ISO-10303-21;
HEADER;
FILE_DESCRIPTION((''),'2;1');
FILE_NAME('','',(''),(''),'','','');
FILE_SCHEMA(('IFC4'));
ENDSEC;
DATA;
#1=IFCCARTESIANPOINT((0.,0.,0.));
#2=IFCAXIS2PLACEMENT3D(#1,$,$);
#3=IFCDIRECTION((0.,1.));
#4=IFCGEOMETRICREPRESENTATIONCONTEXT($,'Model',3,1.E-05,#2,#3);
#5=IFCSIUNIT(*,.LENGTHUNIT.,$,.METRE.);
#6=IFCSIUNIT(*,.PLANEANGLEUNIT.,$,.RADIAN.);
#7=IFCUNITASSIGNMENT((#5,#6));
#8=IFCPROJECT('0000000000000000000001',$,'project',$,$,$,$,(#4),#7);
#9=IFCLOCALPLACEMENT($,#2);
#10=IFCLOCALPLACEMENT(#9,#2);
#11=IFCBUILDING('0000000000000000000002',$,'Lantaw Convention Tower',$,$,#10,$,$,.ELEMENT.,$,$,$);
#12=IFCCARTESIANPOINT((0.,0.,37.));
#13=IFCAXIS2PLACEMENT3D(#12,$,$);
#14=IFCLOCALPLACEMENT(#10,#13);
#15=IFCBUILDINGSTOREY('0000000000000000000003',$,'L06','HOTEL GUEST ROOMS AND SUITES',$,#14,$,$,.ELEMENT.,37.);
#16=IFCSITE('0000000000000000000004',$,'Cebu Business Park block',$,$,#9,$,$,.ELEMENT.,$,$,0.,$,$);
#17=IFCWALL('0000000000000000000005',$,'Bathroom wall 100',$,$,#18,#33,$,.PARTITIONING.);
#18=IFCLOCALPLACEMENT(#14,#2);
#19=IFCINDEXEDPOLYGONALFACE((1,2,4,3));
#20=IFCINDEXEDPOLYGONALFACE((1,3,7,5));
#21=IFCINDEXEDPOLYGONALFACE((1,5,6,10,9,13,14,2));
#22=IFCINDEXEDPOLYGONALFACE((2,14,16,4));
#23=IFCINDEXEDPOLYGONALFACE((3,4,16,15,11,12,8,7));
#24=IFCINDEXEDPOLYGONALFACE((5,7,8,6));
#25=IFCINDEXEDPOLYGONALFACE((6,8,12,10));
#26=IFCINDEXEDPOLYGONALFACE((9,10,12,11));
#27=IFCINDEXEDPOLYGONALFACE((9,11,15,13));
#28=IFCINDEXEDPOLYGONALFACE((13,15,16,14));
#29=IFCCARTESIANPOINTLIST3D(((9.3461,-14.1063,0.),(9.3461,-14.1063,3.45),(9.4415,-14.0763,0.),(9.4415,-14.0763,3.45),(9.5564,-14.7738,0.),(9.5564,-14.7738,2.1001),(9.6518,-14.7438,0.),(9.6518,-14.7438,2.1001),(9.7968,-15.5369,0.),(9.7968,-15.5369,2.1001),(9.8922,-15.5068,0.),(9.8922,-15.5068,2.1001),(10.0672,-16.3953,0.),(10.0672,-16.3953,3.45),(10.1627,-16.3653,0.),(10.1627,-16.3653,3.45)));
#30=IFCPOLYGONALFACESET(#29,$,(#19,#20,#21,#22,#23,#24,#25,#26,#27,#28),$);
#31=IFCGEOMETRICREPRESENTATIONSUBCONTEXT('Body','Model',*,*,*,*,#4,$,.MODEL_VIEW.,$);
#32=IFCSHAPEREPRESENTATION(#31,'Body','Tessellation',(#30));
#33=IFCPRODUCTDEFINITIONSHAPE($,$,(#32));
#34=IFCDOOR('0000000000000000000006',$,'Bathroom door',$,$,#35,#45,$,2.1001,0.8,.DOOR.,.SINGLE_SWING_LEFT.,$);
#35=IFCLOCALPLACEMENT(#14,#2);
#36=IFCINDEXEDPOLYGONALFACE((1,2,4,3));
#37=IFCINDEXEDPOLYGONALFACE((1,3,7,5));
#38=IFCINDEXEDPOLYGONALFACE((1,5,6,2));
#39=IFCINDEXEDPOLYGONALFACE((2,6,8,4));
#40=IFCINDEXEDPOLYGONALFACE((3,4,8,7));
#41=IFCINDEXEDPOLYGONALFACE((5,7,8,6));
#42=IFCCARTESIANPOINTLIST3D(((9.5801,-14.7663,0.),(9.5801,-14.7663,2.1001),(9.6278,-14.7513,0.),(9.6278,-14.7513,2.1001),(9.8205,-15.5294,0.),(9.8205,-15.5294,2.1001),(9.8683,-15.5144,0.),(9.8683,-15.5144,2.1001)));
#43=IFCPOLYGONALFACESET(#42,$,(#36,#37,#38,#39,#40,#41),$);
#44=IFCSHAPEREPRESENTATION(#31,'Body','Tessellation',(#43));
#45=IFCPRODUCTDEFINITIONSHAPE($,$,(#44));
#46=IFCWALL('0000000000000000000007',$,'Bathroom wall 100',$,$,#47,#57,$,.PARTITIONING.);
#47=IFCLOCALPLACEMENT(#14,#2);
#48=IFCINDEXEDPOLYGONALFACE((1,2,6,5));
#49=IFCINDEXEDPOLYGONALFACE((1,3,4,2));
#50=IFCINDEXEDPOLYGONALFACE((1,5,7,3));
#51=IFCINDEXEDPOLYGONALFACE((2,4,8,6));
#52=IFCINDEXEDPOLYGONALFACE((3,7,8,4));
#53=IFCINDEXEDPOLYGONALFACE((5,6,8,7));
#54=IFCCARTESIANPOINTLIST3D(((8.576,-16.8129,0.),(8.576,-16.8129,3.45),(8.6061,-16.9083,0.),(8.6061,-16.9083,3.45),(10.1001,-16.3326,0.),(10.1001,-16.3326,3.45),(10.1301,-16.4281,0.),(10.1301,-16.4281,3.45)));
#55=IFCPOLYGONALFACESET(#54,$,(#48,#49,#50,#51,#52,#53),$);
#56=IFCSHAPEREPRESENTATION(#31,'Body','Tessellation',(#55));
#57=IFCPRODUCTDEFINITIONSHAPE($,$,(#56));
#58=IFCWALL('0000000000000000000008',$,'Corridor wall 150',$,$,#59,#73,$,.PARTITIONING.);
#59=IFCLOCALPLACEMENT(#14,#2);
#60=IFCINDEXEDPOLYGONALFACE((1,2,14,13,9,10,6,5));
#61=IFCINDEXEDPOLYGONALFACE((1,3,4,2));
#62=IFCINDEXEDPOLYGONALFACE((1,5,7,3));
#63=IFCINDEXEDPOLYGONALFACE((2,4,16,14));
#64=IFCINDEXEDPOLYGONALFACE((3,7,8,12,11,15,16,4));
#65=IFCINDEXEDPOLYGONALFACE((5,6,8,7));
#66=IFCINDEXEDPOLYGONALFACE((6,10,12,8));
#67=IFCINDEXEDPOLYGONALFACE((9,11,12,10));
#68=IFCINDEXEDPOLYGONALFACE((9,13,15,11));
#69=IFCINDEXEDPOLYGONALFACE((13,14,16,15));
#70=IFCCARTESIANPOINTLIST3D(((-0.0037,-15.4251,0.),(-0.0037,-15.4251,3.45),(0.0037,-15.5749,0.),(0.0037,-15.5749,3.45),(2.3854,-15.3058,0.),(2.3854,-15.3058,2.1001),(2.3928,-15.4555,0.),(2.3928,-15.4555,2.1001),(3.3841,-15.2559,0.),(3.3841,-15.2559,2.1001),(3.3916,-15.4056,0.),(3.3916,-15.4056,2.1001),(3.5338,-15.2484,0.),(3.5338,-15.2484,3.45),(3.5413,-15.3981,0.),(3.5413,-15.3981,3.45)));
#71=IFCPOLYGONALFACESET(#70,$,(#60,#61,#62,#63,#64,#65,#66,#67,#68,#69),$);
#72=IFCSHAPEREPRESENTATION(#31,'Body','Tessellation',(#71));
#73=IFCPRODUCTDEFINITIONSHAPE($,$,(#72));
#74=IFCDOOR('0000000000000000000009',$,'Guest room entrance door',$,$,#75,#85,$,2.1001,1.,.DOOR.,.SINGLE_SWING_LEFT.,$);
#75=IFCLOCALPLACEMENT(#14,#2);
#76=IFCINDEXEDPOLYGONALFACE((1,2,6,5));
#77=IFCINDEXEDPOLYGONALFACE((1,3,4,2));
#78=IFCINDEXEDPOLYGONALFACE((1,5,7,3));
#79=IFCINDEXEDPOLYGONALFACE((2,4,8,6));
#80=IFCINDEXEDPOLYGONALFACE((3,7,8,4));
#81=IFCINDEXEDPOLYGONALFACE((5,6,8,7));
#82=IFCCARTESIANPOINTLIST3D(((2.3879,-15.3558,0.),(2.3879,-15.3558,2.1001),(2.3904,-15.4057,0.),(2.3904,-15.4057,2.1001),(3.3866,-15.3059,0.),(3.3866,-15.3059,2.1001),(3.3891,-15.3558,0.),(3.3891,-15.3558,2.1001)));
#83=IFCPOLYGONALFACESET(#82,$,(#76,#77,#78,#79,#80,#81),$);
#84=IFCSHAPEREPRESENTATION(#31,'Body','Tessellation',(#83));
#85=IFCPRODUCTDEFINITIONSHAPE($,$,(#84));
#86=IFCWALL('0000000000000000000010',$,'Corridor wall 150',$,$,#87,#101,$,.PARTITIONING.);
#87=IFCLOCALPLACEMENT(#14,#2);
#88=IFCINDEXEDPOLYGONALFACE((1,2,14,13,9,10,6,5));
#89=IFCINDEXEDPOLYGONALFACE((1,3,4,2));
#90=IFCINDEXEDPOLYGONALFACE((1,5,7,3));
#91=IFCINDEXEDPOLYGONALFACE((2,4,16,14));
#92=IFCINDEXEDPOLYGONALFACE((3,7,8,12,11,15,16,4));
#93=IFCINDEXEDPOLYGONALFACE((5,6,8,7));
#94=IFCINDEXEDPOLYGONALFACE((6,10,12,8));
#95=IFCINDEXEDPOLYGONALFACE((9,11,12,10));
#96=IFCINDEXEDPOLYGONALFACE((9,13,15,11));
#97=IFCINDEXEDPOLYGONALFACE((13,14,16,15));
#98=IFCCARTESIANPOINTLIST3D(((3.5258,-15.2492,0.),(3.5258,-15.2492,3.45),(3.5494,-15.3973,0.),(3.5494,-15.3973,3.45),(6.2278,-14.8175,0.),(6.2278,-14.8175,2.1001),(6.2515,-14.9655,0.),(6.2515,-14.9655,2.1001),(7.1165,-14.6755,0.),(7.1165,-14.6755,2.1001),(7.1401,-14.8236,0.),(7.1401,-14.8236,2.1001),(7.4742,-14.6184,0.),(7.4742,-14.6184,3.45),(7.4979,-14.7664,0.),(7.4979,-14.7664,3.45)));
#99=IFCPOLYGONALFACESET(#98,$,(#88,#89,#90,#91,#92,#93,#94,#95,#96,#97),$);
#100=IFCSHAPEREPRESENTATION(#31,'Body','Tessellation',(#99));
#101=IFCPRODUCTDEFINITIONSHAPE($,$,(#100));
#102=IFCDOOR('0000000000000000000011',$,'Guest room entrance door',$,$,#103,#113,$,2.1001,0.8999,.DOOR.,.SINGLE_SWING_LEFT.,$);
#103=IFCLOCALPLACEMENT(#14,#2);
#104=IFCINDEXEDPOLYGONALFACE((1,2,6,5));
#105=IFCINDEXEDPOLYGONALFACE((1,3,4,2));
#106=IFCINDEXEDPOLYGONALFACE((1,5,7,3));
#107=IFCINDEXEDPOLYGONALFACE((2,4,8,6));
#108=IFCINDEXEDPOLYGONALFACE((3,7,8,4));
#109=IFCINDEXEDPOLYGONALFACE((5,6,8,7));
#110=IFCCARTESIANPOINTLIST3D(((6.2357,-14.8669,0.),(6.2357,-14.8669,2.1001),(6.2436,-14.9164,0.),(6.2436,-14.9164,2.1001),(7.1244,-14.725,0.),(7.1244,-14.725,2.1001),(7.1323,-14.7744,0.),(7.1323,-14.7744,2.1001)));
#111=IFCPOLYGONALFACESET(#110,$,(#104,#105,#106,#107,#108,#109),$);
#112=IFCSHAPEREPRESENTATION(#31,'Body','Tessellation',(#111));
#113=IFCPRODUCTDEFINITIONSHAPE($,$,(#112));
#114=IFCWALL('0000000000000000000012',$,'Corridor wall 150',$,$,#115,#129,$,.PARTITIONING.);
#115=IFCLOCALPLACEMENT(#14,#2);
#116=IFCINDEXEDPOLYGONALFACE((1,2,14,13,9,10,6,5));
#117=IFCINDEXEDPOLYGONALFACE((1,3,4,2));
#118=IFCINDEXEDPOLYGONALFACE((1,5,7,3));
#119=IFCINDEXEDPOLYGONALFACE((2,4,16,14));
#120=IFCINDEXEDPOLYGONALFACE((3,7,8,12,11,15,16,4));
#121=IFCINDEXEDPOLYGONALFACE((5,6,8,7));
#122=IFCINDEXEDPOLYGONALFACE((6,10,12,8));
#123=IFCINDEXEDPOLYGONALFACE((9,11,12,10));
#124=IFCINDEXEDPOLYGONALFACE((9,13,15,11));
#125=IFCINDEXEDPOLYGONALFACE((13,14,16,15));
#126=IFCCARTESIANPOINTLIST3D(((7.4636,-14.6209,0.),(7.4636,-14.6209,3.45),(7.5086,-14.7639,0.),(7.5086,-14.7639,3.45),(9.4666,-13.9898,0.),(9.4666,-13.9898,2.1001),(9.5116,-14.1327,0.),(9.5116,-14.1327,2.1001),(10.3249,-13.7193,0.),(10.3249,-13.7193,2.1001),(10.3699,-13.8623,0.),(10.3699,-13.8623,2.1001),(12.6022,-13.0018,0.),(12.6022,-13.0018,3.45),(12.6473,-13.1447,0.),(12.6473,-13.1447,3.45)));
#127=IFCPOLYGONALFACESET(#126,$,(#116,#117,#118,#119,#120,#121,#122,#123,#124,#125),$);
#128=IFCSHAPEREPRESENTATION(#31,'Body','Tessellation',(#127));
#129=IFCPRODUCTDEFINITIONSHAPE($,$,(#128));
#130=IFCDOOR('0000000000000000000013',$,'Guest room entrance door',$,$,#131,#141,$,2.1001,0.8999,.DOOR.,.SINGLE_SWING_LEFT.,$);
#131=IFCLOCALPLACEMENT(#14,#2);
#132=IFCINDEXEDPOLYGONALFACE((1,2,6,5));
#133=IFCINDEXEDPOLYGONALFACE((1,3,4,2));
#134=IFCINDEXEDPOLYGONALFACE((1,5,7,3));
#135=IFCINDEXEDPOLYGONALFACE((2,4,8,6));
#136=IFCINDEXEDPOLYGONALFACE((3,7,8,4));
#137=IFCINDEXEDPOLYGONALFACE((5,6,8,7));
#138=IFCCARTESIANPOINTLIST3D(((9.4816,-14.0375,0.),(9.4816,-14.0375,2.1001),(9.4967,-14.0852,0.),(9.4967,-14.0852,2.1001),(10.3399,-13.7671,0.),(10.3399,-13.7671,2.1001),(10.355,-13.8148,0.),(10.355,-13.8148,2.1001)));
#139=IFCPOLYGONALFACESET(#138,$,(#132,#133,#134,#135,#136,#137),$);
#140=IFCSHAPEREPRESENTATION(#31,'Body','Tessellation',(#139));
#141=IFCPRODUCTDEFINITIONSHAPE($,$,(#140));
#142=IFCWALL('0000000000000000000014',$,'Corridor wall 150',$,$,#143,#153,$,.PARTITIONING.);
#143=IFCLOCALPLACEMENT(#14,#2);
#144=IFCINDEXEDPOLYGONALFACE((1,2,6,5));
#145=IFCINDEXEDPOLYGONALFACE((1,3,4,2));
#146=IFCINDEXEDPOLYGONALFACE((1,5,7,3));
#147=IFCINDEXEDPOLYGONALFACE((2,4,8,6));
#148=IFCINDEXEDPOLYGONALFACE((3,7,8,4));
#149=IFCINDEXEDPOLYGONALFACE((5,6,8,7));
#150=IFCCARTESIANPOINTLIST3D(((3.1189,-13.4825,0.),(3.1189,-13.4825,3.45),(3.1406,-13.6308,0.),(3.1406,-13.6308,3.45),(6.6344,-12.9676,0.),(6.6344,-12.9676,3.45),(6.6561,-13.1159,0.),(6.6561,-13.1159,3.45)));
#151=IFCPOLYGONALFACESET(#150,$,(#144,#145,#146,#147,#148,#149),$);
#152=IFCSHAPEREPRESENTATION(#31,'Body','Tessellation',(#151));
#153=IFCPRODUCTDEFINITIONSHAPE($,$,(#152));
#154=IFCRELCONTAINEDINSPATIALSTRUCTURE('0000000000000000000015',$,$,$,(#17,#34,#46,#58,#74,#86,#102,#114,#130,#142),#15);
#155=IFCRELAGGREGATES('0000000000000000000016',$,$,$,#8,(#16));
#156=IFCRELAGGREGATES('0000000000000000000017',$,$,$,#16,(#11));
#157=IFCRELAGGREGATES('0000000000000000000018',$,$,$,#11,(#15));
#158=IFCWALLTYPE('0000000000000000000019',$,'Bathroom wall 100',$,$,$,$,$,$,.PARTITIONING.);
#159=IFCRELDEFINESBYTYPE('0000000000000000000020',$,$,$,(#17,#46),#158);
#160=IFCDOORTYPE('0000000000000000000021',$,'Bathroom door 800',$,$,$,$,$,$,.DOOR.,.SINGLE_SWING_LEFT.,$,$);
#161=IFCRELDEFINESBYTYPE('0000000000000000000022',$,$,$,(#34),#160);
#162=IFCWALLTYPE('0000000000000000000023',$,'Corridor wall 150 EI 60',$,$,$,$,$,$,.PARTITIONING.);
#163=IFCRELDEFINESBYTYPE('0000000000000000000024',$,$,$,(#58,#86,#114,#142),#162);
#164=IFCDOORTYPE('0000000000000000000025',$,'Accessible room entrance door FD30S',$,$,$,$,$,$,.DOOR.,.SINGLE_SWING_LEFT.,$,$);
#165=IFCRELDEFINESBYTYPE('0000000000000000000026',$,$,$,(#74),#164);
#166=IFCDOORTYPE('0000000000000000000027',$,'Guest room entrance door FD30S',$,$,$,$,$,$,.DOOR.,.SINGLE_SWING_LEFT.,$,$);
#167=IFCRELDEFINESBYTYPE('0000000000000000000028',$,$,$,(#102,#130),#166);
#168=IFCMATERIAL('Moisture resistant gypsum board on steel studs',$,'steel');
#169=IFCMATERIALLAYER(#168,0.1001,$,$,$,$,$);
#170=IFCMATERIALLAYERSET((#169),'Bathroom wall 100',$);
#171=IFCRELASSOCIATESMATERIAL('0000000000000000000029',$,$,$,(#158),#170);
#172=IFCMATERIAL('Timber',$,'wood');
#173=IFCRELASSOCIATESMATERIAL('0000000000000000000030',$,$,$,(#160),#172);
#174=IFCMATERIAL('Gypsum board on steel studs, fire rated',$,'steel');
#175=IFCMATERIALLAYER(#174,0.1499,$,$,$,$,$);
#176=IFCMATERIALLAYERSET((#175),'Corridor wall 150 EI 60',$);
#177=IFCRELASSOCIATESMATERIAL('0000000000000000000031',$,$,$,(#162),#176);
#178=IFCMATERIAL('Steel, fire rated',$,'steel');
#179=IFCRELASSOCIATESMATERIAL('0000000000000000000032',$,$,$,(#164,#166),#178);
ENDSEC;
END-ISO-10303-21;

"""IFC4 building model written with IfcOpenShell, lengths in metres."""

from ifc_helpers import new_model, si_unit, direction, frame, frame_2d, origin, place, context, subcontext, project, spatial, rectangle, extrude, material, layer, layer_set, type_object, element, fill, save


model = new_model("IFC4")

# Units and contexts
model_context = context("Model", 3, precision=1e-05, world=origin(), true_north=direction((0.0, 1.0)))
body_context = subcontext(model_context, "Body", "Model", "MODEL_VIEW")
ifc_project = project(units=[si_unit("LENGTHUNIT", "METRE"), si_unit("PLANEANGLEUNIT", "RADIAN")], contexts=[model_context])

# Site, building, storey
site_placement = place(None, origin())
site = spatial("IfcSite", under=ifc_project, at=site_placement, Name="Cebu Business Park block", CompositionType="ELEMENT", RefElevation=0.0)
building_placement = place(site_placement, origin())
building = spatial("IfcBuilding", under=site, at=building_placement, Name="Lantaw Convention Tower", CompositionType="ELEMENT")
storey_placement = place(building_placement, frame((0.0, 0.0, 37.0)))
storey = spatial("IfcBuildingStorey", under=building, at=storey_placement, Name="L06", Description="HOTEL GUEST ROOMS AND SUITES", CompositionType="ELEMENT", Elevation=37.0)

# Shared definitions
ifc_material_1 = material(Name="Moisture resistant gypsum board on steel studs", Category="steel")
ifc_layer_1 = layer(ifc_material_1, 0.1001)
ifc_layer_set_1 = layer_set([ifc_layer_1], Name="Bathroom wall 100")
wall_type_1 = type_object("IfcWallType", Name="Bathroom wall 100", PredefinedType="PARTITIONING", material=ifc_layer_set_1)
ifc_material_2 = material(Name="Timber", Category="wood")
door_type_1 = type_object("IfcDoorType", Name="Bathroom door 800", OperationType="SINGLE_SWING_LEFT", PredefinedType="DOOR", material=ifc_material_2)

# Wall, opening, door
wall_1_placement = place(storey_placement, frame((9.3938, -14.0913, 0.0), z_axis=(0.0, 0.0, 1.0), x_axis=(0.300498, -0.953782, 0.0)))
wall_1 = element("IfcWall", 1, at=wall_1_placement, inside=storey, type_object=wall_type_1, Name="Bathroom wall 100", PredefinedType="PARTITIONING", context=body_context, shape_type="SweptSolid", body=[
    extrude(rectangle(XDim=2.3999, YDim=0.1001, at=frame_2d((1.2, 0.0))), origin(), (0.0, 0.0, 1.0), 3.45),
])
opening_1_placement = place(wall_1_placement, frame((0.7, 0.0, 0.0)))
opening_1 = element("IfcOpeningElement", 2, at=opening_1_placement, cuts=wall_1, PredefinedType="OPENING", context=body_context, shape_type="SweptSolid", body=[
    extrude(rectangle(XDim=0.8, YDim=2.1001, at=frame_2d((0.3999, 1.05))), frame((0.0, 0.0601, 0.0), z_axis=(0.0, -1.0, 0.0), x_axis=(1.0, 0.0, 0.0)), (0.0, 0.0, 1.0), 0.1201),
])
door_1_placement = place(opening_1_placement, origin())
door_1 = element("IfcDoor", 3, at=door_1_placement, inside=storey, type_object=door_type_1, Name="Bathroom door", OperationType="SINGLE_SWING_LEFT", OverallHeight=2.1001, OverallWidth=0.8, PredefinedType="DOOR", context=body_context, shape_type="SweptSolid", body=[
    extrude(rectangle(XDim=0.8, YDim=2.1001, at=frame_2d((0.3999, 1.05))), frame((0.0, 0.0249, 0.0), z_axis=(0.0, -1.0, 0.0), x_axis=(1.0, 0.0, 0.0)), (0.0, 0.0, 1.0), 0.05),
])
fill(opening_1, door_1)

# Wall
wall_2_placement = place(storey_placement, frame((10.115, -16.3804, 0.0), z_axis=(0.0, 0.0, 1.0), x_axis=(-0.953765, -0.300554, 0.0)))
element("IfcWall", 4, at=wall_2_placement, inside=storey, type_object=wall_type_1, Name="Bathroom wall 100", PredefinedType="PARTITIONING", context=body_context, shape_type="SweptSolid", body=[
    extrude(rectangle(XDim=1.5979, YDim=0.1001, at=frame_2d((0.7988, 0.0))), origin(), (0.0, 0.0, 1.0), 3.45),
])

# Walls, openings, doors
ifc_material_3 = material(Name="Gypsum board on steel studs, fire rated", Category="steel")
ifc_layer_2 = layer(ifc_material_3, 0.1499)
ifc_layer_set_2 = layer_set([ifc_layer_2], Name="Corridor wall 150 EI 60")
wall_type_2 = type_object("IfcWallType", Name="Corridor wall 150 EI 60", PredefinedType="PARTITIONING", material=ifc_layer_set_2)
wall_3_placement = place(storey_placement, frame((0.0, -15.5, 0.0), z_axis=(0.0, 0.0, 1.0), x_axis=(0.998754, 0.049903, 0.0)))
wall_3 = element("IfcWall", 5, at=wall_3_placement, inside=storey, type_object=wall_type_2, Name="Corridor wall 150", PredefinedType="PARTITIONING", context=body_context, shape_type="SweptSolid", body=[
    extrude(rectangle(XDim=3.542, YDim=0.1499, at=frame_2d((1.771, 0.0))), origin(), (0.0, 0.0, 1.0), 3.45),
])
opening_2_placement = place(wall_3_placement, frame((2.3921, 0.0, 0.0)))
opening_2 = element("IfcOpeningElement", 6, at=opening_2_placement, cuts=wall_3, PredefinedType="OPENING", context=body_context, shape_type="SweptSolid", body=[
    extrude(rectangle(XDim=1.0, YDim=2.1001, at=frame_2d((0.5, 1.05))), frame((0.0, 0.085, 0.0), z_axis=(0.0, -1.0, 0.0), x_axis=(1.0, 0.0, 0.0)), (0.0, 0.0, 1.0), 0.1699),
])
ifc_material_4 = material(Name="Steel, fire rated", Category="steel")
door_type_2 = type_object("IfcDoorType", Name="Accessible room entrance door FD30S", OperationType="SINGLE_SWING_LEFT", PredefinedType="DOOR", material=ifc_material_4)
door_2_placement = place(opening_2_placement, origin())
door_2 = element("IfcDoor", 7, at=door_2_placement, inside=storey, type_object=door_type_2, Name="Guest room entrance door", OperationType="SINGLE_SWING_LEFT", OverallHeight=2.1001, OverallWidth=1.0, PredefinedType="DOOR", context=body_context, shape_type="SweptSolid", body=[
    extrude(rectangle(XDim=1.0, YDim=2.1001, at=frame_2d((0.5, 1.05))), frame((0.0, 0.0249, 0.0), z_axis=(0.0, -1.0, 0.0), x_axis=(1.0, 0.0, 0.0)), (0.0, 0.0, 1.0), 0.05),
])
fill(opening_2, door_2)
wall_4_placement = place(storey_placement, frame((3.5376, -15.3232, 0.0), z_axis=(0.0, 0.0, 1.0), x_axis=(0.987476, 0.157771, 0.0)))
wall_4 = element("IfcWall", 8, at=wall_4_placement, inside=storey, type_object=wall_type_2, Name="Corridor wall 150", PredefinedType="PARTITIONING", context=body_context, shape_type="SweptSolid", body=[
    extrude(rectangle(XDim=3.9985, YDim=0.1499, at=frame_2d((1.9993, 0.0))), origin(), (0.0, 0.0, 1.0), 3.45),
])
opening_3_placement = place(wall_4_placement, frame((2.7363, 0.0, 0.0)))
opening_3 = element("IfcOpeningElement", 9, at=opening_3_placement, cuts=wall_4, PredefinedType="OPENING", context=body_context, shape_type="SweptSolid", body=[
    extrude(rectangle(XDim=0.8999, YDim=2.1001, at=frame_2d((0.45, 1.05))), frame((0.0, 0.085, 0.0), z_axis=(0.0, -1.0, 0.0), x_axis=(1.0, 0.0, 0.0)), (0.0, 0.0, 1.0), 0.1699),
])
door_type_3 = type_object("IfcDoorType", Name="Guest room entrance door FD30S", OperationType="SINGLE_SWING_LEFT", PredefinedType="DOOR", material=ifc_material_4)
door_3_placement = place(opening_3_placement, origin())
door_3 = element("IfcDoor", 10, at=door_3_placement, inside=storey, type_object=door_type_3, Name="Guest room entrance door", OperationType="SINGLE_SWING_LEFT", OverallHeight=2.1001, OverallWidth=0.8999, PredefinedType="DOOR", context=body_context, shape_type="SweptSolid", body=[
    extrude(rectangle(XDim=0.8999, YDim=2.1001, at=frame_2d((0.45, 1.05))), frame((0.0, 0.0249, 0.0), z_axis=(0.0, -1.0, 0.0), x_axis=(1.0, 0.0, 0.0)), (0.0, 0.0, 1.0), 0.05),
])
fill(opening_3, door_3)
wall_5_placement = place(storey_placement, frame((7.4861, -14.6924, 0.0), z_axis=(0.0, 0.0, 1.0), x_axis=(0.953774, 0.300524, 0.0)))
wall_5 = element("IfcWall", 11, at=wall_5_placement, inside=storey, type_object=wall_type_2, Name="Corridor wall 150", PredefinedType="PARTITIONING", context=body_context, shape_type="SweptSolid", body=[
    extrude(rectangle(XDim=5.3877, YDim=0.1499, at=frame_2d((2.6938, 0.0))), origin(), (0.0, 0.0, 1.0), 3.45),
])
opening_4_placement = place(wall_5_placement, frame((2.1001, 0.0, 0.0)))
opening_4 = element("IfcOpeningElement", 12, at=opening_4_placement, cuts=wall_5, PredefinedType="OPENING", context=body_context, shape_type="SweptSolid", body=[
    extrude(rectangle(XDim=0.8999, YDim=2.1001, at=frame_2d((0.45, 1.05))), frame((0.0, 0.085, 0.0), z_axis=(0.0, -1.0, 0.0), x_axis=(1.0, 0.0, 0.0)), (0.0, 0.0, 1.0), 0.1699),
])
door_4_placement = place(opening_4_placement, origin())
door_4 = element("IfcDoor", 13, at=door_4_placement, inside=storey, type_object=door_type_3, Name="Guest room entrance door", OperationType="SINGLE_SWING_LEFT", OverallHeight=2.1001, OverallWidth=0.8999, PredefinedType="DOOR", context=body_context, shape_type="SweptSolid", body=[
    extrude(rectangle(XDim=0.8999, YDim=2.1001, at=frame_2d((0.45, 1.05))), frame((0.0, 0.0249, 0.0), z_axis=(0.0, -1.0, 0.0), x_axis=(1.0, 0.0, 0.0)), (0.0, 0.0, 1.0), 0.05),
])
fill(opening_4, door_4)

# Wall
wall_6_placement = place(storey_placement, frame((3.1299, -13.5566, 0.0), z_axis=(0.0, 0.0, 1.0), x_axis=(0.989443, 0.144922, 0.0)))
element("IfcWall", 14, at=wall_6_placement, inside=storey, type_object=wall_type_2, Name="Corridor wall 150", PredefinedType="PARTITIONING", context=body_context, shape_type="SweptSolid", body=[
    extrude(rectangle(XDim=3.553, YDim=0.1499, at=frame_2d((1.7764, 0.0))), origin(), (0.0, 0.0, 1.0), 3.45),
])

save(model, "model.ifc")
